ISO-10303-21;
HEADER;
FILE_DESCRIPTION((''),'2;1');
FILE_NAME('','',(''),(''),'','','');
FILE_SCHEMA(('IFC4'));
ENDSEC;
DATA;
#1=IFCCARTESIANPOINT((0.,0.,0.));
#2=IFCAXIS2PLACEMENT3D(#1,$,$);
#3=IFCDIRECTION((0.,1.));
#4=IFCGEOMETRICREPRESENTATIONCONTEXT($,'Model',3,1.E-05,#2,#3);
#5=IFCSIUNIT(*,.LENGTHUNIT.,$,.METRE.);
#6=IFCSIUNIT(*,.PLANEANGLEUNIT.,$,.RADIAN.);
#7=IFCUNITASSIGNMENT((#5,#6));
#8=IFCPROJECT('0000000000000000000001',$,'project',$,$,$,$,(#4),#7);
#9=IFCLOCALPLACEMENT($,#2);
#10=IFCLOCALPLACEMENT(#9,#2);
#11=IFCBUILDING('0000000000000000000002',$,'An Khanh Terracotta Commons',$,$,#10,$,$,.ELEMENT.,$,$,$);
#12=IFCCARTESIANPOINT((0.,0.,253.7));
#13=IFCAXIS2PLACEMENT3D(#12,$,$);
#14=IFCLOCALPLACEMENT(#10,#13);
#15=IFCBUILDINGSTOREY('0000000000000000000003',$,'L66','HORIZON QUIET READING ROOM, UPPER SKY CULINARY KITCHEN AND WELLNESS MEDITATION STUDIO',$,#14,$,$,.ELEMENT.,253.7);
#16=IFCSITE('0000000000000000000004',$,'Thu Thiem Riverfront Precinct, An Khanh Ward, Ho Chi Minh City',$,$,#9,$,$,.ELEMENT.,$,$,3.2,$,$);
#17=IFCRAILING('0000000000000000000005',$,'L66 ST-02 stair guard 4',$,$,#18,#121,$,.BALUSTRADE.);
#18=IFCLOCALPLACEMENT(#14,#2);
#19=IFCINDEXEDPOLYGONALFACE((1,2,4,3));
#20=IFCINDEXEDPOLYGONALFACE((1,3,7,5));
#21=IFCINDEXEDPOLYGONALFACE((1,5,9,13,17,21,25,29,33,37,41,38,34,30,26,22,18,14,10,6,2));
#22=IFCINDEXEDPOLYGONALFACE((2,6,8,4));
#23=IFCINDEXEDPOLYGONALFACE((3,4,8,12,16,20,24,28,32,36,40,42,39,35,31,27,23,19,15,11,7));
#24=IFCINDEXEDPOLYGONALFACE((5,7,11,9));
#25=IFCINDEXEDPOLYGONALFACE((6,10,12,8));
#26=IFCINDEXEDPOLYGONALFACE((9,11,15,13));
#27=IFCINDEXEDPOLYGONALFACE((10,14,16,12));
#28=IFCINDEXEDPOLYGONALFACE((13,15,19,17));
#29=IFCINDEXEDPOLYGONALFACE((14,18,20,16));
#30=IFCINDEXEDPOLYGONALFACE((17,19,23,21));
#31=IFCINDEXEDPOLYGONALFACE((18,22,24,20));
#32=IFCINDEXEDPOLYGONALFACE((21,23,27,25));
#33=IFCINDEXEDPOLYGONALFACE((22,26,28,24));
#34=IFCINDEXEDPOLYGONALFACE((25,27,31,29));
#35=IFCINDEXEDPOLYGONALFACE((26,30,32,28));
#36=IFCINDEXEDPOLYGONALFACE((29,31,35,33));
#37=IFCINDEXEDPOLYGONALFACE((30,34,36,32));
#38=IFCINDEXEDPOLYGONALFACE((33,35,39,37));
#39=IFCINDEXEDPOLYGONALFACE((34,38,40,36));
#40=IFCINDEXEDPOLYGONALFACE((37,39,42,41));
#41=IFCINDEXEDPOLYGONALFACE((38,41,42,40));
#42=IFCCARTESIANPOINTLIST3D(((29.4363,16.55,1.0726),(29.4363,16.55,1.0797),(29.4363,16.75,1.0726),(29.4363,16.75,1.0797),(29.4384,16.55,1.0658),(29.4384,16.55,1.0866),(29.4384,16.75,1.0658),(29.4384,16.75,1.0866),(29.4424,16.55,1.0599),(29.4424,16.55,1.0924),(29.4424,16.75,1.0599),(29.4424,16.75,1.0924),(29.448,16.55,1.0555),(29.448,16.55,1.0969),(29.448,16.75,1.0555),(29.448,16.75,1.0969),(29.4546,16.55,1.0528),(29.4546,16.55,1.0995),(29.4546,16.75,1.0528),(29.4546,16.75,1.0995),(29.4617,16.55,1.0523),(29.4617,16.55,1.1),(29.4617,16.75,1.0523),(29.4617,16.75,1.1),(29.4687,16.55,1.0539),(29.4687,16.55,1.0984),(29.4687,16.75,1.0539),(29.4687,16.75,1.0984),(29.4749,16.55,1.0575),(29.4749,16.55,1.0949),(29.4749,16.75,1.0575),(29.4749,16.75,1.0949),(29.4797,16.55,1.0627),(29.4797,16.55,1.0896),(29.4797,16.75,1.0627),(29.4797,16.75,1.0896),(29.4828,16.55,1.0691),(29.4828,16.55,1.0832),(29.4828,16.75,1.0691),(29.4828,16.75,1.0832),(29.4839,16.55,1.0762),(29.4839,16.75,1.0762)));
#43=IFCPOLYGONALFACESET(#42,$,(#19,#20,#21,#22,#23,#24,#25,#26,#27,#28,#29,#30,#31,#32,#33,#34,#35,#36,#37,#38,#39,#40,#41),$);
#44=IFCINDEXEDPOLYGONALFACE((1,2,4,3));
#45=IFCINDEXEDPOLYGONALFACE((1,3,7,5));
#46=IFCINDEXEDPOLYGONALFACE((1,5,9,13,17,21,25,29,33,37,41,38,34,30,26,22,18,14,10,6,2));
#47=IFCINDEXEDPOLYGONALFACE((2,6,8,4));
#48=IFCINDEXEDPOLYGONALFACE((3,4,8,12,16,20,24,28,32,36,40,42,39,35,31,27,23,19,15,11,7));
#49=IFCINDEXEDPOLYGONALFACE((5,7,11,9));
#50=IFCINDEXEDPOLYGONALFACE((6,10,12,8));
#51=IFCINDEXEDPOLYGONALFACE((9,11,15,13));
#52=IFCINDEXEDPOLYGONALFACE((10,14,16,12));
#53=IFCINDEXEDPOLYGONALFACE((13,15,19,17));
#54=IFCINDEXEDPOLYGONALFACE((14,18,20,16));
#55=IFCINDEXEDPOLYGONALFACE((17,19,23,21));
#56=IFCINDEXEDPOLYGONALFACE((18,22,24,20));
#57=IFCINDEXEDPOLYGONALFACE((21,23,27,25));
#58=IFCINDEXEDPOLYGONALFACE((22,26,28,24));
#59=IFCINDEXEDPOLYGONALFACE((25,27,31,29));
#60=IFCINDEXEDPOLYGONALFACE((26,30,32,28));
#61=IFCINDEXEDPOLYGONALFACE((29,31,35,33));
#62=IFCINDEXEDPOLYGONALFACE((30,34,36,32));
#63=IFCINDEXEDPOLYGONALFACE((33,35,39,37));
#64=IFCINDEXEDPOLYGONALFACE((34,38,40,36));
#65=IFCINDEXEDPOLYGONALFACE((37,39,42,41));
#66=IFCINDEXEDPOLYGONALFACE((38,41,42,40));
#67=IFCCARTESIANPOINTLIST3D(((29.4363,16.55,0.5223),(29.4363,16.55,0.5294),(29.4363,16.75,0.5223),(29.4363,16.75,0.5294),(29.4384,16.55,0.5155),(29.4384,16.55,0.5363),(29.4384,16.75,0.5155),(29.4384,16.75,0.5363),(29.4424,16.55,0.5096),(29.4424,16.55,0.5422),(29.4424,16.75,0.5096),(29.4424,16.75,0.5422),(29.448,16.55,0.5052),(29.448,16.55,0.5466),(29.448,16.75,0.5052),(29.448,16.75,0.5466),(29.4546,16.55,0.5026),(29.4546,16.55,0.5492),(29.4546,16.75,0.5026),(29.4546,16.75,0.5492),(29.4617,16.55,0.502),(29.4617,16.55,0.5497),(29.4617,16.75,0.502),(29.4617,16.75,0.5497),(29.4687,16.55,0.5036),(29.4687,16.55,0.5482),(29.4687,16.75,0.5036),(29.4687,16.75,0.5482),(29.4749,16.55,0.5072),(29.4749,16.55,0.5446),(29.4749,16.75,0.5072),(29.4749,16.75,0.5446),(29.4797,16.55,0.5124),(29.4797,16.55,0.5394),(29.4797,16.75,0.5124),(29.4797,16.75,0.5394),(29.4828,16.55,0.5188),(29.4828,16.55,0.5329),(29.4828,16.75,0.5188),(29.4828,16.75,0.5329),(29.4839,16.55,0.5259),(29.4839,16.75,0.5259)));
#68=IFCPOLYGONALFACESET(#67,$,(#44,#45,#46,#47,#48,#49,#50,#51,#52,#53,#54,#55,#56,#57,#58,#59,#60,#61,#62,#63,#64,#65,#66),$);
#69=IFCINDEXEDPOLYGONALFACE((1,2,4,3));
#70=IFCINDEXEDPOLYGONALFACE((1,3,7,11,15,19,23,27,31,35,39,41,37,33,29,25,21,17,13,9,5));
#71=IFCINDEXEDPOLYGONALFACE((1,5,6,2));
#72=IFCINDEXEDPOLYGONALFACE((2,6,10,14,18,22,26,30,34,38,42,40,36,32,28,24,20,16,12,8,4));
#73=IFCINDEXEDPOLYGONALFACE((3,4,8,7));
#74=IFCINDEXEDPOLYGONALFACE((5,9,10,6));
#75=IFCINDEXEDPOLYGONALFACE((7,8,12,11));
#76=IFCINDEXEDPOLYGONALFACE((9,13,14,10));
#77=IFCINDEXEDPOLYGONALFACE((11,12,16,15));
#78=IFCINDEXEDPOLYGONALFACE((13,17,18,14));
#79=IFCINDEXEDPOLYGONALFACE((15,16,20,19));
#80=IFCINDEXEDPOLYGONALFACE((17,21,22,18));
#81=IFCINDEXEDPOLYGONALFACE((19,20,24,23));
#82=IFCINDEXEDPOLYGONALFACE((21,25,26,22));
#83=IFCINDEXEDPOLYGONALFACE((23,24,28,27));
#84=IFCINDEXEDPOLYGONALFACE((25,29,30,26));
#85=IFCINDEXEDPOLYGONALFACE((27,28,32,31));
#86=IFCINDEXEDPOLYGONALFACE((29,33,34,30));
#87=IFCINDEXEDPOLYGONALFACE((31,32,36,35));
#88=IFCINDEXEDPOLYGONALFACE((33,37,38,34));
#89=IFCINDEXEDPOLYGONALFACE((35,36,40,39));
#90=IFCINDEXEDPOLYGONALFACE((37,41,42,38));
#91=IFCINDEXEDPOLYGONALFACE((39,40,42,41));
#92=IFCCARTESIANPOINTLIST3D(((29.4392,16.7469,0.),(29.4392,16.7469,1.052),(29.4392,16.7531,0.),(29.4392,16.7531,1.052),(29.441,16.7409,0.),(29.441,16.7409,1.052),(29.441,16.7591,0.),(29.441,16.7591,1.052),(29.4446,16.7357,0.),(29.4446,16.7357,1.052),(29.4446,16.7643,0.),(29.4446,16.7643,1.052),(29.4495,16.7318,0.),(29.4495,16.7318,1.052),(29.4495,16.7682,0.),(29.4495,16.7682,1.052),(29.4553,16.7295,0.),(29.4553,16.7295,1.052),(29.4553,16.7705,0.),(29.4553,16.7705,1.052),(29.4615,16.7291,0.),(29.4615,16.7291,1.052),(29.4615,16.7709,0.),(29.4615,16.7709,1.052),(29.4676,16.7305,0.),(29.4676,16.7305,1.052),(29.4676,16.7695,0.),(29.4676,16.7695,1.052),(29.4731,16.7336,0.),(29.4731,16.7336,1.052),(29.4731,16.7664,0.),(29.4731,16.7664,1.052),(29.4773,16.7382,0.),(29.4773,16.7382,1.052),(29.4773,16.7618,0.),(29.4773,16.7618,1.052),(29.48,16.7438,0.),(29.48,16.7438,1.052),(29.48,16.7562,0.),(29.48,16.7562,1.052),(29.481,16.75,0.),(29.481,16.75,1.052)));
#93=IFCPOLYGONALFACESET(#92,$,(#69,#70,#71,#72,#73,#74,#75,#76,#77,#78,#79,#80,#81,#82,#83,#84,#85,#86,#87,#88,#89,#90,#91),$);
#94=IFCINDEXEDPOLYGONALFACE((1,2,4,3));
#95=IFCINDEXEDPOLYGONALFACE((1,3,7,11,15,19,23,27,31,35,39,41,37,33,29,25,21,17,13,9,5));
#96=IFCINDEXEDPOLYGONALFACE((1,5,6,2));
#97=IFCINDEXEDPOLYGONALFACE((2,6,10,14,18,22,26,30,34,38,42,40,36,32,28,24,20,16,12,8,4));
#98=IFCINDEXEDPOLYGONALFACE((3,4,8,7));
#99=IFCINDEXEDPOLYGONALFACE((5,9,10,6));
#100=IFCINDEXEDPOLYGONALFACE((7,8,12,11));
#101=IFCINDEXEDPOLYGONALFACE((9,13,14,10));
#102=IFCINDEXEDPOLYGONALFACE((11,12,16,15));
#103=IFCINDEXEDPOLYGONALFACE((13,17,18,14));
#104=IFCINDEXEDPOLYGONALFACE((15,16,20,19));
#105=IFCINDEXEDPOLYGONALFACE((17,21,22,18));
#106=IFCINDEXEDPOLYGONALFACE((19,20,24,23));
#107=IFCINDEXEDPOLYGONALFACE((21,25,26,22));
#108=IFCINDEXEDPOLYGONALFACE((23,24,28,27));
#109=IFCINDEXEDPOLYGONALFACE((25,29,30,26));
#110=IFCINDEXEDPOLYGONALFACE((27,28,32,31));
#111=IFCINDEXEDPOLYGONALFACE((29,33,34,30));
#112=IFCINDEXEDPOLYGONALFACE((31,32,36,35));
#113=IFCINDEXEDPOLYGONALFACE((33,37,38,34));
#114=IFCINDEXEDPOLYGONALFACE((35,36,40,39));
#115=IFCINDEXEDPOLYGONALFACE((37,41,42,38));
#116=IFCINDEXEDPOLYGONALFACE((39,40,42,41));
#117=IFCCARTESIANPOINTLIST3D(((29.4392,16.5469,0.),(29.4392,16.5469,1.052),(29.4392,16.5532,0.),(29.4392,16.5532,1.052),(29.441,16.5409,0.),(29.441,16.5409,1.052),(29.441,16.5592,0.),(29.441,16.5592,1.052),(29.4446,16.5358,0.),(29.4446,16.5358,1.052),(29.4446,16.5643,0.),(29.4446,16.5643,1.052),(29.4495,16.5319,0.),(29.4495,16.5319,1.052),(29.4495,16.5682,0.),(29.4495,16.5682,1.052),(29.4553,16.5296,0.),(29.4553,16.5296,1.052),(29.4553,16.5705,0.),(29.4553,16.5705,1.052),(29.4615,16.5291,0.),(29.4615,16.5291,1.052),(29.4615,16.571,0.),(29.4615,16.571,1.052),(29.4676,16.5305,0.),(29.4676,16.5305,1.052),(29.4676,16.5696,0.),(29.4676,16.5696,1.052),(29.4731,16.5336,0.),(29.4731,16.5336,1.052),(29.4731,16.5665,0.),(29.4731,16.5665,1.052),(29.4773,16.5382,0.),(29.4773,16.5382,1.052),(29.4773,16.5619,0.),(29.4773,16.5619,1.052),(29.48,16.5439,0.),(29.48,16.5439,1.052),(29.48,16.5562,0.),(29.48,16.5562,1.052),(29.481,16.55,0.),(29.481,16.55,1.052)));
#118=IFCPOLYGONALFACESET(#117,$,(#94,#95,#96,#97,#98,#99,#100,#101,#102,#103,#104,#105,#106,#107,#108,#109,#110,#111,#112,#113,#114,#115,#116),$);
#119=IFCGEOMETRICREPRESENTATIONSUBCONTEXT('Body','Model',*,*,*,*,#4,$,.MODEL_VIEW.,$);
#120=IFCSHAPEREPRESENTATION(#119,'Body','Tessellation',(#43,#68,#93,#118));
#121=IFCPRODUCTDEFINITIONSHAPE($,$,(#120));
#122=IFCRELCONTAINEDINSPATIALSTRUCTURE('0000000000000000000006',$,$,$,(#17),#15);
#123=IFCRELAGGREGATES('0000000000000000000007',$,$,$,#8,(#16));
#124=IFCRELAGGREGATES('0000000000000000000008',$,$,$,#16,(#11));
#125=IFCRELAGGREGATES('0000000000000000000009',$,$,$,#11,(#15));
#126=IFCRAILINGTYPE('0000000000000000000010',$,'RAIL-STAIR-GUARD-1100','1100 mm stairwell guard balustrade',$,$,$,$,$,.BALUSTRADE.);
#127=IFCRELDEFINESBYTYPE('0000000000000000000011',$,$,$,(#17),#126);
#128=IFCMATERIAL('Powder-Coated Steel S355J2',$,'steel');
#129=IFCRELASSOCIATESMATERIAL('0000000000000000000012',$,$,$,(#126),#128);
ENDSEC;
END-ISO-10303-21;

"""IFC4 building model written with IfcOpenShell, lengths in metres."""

from ifc_helpers import new_model, si_unit, direction, frame, origin, origin_2d, place, context, subcontext, project, spatial, circle, extrude, material, type_object, element, save


model = new_model("IFC4")

# Units and contexts
model_context = context("Model", 3, precision=1e-05, world=origin(), true_north=direction((0.0, 1.0)))
body_context = subcontext(model_context, "Body", "Model", "MODEL_VIEW")
ifc_project = project(units=[si_unit("LENGTHUNIT", "METRE"), si_unit("PLANEANGLEUNIT", "RADIAN")], contexts=[model_context])

# Site, building, storey
site_placement = place(None, origin())
site = spatial("IfcSite", under=ifc_project, at=site_placement, Name="Thu Thiem Riverfront Precinct, An Khanh Ward, Ho Chi Minh City", CompositionType="ELEMENT", RefElevation=3.2)
building_placement = place(site_placement, origin())
building = spatial("IfcBuilding", under=site, at=building_placement, Name="An Khanh Terracotta Commons", CompositionType="ELEMENT")
storey_placement = place(building_placement, frame((0.0, 0.0, 253.7)))
storey = spatial("IfcBuildingStorey", under=building, at=storey_placement, Name="L66", Description="HORIZON QUIET READING ROOM, UPPER SKY CULINARY KITCHEN AND WELLNESS MEDITATION STUDIO", CompositionType="ELEMENT", Elevation=253.7)

# Railing
ifc_material_1 = material(Name="Powder-Coated Steel S355J2", Category="steel")
railing_type_1 = type_object("IfcRailingType", Name="RAIL-STAIR-GUARD-1100", Description="1100 mm stairwell guard balustrade", PredefinedType="BALUSTRADE", material=ifc_material_1)
railing_1_placement = place(storey_placement, frame((29.46, 16.75, 0.0)))
element("IfcRailing", 1, at=railing_1_placement, inside=storey, type_object=railing_type_1, Name="L66 ST-02 stair guard 4", PredefinedType="BALUSTRADE", context=body_context, shape_type="SweptSolid", body=[
    extrude(circle(Radius=0.0239, at=origin_2d()), frame((0.0, 0.0, 1.0762), z_axis=(0.0, -1.0, 0.0), x_axis=(1.0, 0.0, 0.0)), (0.0, 0.0, 1.0), 0.2),
    extrude(circle(Radius=0.0239, at=origin_2d()), frame((0.0, 0.0, 0.5259), z_axis=(0.0, -1.0, 0.0), x_axis=(1.0, 0.0, 0.0)), (0.0, 0.0, 1.0), 0.2),
    extrude(circle(Radius=0.021, at=origin_2d()), origin(), (0.0, 0.0, 1.0), 1.052),
    extrude(circle(Radius=0.021, at=origin_2d()), frame((0.0, -0.2, 0.0)), (0.0, 0.0, 1.0), 1.052),
])

save(model, "model.ifc")
